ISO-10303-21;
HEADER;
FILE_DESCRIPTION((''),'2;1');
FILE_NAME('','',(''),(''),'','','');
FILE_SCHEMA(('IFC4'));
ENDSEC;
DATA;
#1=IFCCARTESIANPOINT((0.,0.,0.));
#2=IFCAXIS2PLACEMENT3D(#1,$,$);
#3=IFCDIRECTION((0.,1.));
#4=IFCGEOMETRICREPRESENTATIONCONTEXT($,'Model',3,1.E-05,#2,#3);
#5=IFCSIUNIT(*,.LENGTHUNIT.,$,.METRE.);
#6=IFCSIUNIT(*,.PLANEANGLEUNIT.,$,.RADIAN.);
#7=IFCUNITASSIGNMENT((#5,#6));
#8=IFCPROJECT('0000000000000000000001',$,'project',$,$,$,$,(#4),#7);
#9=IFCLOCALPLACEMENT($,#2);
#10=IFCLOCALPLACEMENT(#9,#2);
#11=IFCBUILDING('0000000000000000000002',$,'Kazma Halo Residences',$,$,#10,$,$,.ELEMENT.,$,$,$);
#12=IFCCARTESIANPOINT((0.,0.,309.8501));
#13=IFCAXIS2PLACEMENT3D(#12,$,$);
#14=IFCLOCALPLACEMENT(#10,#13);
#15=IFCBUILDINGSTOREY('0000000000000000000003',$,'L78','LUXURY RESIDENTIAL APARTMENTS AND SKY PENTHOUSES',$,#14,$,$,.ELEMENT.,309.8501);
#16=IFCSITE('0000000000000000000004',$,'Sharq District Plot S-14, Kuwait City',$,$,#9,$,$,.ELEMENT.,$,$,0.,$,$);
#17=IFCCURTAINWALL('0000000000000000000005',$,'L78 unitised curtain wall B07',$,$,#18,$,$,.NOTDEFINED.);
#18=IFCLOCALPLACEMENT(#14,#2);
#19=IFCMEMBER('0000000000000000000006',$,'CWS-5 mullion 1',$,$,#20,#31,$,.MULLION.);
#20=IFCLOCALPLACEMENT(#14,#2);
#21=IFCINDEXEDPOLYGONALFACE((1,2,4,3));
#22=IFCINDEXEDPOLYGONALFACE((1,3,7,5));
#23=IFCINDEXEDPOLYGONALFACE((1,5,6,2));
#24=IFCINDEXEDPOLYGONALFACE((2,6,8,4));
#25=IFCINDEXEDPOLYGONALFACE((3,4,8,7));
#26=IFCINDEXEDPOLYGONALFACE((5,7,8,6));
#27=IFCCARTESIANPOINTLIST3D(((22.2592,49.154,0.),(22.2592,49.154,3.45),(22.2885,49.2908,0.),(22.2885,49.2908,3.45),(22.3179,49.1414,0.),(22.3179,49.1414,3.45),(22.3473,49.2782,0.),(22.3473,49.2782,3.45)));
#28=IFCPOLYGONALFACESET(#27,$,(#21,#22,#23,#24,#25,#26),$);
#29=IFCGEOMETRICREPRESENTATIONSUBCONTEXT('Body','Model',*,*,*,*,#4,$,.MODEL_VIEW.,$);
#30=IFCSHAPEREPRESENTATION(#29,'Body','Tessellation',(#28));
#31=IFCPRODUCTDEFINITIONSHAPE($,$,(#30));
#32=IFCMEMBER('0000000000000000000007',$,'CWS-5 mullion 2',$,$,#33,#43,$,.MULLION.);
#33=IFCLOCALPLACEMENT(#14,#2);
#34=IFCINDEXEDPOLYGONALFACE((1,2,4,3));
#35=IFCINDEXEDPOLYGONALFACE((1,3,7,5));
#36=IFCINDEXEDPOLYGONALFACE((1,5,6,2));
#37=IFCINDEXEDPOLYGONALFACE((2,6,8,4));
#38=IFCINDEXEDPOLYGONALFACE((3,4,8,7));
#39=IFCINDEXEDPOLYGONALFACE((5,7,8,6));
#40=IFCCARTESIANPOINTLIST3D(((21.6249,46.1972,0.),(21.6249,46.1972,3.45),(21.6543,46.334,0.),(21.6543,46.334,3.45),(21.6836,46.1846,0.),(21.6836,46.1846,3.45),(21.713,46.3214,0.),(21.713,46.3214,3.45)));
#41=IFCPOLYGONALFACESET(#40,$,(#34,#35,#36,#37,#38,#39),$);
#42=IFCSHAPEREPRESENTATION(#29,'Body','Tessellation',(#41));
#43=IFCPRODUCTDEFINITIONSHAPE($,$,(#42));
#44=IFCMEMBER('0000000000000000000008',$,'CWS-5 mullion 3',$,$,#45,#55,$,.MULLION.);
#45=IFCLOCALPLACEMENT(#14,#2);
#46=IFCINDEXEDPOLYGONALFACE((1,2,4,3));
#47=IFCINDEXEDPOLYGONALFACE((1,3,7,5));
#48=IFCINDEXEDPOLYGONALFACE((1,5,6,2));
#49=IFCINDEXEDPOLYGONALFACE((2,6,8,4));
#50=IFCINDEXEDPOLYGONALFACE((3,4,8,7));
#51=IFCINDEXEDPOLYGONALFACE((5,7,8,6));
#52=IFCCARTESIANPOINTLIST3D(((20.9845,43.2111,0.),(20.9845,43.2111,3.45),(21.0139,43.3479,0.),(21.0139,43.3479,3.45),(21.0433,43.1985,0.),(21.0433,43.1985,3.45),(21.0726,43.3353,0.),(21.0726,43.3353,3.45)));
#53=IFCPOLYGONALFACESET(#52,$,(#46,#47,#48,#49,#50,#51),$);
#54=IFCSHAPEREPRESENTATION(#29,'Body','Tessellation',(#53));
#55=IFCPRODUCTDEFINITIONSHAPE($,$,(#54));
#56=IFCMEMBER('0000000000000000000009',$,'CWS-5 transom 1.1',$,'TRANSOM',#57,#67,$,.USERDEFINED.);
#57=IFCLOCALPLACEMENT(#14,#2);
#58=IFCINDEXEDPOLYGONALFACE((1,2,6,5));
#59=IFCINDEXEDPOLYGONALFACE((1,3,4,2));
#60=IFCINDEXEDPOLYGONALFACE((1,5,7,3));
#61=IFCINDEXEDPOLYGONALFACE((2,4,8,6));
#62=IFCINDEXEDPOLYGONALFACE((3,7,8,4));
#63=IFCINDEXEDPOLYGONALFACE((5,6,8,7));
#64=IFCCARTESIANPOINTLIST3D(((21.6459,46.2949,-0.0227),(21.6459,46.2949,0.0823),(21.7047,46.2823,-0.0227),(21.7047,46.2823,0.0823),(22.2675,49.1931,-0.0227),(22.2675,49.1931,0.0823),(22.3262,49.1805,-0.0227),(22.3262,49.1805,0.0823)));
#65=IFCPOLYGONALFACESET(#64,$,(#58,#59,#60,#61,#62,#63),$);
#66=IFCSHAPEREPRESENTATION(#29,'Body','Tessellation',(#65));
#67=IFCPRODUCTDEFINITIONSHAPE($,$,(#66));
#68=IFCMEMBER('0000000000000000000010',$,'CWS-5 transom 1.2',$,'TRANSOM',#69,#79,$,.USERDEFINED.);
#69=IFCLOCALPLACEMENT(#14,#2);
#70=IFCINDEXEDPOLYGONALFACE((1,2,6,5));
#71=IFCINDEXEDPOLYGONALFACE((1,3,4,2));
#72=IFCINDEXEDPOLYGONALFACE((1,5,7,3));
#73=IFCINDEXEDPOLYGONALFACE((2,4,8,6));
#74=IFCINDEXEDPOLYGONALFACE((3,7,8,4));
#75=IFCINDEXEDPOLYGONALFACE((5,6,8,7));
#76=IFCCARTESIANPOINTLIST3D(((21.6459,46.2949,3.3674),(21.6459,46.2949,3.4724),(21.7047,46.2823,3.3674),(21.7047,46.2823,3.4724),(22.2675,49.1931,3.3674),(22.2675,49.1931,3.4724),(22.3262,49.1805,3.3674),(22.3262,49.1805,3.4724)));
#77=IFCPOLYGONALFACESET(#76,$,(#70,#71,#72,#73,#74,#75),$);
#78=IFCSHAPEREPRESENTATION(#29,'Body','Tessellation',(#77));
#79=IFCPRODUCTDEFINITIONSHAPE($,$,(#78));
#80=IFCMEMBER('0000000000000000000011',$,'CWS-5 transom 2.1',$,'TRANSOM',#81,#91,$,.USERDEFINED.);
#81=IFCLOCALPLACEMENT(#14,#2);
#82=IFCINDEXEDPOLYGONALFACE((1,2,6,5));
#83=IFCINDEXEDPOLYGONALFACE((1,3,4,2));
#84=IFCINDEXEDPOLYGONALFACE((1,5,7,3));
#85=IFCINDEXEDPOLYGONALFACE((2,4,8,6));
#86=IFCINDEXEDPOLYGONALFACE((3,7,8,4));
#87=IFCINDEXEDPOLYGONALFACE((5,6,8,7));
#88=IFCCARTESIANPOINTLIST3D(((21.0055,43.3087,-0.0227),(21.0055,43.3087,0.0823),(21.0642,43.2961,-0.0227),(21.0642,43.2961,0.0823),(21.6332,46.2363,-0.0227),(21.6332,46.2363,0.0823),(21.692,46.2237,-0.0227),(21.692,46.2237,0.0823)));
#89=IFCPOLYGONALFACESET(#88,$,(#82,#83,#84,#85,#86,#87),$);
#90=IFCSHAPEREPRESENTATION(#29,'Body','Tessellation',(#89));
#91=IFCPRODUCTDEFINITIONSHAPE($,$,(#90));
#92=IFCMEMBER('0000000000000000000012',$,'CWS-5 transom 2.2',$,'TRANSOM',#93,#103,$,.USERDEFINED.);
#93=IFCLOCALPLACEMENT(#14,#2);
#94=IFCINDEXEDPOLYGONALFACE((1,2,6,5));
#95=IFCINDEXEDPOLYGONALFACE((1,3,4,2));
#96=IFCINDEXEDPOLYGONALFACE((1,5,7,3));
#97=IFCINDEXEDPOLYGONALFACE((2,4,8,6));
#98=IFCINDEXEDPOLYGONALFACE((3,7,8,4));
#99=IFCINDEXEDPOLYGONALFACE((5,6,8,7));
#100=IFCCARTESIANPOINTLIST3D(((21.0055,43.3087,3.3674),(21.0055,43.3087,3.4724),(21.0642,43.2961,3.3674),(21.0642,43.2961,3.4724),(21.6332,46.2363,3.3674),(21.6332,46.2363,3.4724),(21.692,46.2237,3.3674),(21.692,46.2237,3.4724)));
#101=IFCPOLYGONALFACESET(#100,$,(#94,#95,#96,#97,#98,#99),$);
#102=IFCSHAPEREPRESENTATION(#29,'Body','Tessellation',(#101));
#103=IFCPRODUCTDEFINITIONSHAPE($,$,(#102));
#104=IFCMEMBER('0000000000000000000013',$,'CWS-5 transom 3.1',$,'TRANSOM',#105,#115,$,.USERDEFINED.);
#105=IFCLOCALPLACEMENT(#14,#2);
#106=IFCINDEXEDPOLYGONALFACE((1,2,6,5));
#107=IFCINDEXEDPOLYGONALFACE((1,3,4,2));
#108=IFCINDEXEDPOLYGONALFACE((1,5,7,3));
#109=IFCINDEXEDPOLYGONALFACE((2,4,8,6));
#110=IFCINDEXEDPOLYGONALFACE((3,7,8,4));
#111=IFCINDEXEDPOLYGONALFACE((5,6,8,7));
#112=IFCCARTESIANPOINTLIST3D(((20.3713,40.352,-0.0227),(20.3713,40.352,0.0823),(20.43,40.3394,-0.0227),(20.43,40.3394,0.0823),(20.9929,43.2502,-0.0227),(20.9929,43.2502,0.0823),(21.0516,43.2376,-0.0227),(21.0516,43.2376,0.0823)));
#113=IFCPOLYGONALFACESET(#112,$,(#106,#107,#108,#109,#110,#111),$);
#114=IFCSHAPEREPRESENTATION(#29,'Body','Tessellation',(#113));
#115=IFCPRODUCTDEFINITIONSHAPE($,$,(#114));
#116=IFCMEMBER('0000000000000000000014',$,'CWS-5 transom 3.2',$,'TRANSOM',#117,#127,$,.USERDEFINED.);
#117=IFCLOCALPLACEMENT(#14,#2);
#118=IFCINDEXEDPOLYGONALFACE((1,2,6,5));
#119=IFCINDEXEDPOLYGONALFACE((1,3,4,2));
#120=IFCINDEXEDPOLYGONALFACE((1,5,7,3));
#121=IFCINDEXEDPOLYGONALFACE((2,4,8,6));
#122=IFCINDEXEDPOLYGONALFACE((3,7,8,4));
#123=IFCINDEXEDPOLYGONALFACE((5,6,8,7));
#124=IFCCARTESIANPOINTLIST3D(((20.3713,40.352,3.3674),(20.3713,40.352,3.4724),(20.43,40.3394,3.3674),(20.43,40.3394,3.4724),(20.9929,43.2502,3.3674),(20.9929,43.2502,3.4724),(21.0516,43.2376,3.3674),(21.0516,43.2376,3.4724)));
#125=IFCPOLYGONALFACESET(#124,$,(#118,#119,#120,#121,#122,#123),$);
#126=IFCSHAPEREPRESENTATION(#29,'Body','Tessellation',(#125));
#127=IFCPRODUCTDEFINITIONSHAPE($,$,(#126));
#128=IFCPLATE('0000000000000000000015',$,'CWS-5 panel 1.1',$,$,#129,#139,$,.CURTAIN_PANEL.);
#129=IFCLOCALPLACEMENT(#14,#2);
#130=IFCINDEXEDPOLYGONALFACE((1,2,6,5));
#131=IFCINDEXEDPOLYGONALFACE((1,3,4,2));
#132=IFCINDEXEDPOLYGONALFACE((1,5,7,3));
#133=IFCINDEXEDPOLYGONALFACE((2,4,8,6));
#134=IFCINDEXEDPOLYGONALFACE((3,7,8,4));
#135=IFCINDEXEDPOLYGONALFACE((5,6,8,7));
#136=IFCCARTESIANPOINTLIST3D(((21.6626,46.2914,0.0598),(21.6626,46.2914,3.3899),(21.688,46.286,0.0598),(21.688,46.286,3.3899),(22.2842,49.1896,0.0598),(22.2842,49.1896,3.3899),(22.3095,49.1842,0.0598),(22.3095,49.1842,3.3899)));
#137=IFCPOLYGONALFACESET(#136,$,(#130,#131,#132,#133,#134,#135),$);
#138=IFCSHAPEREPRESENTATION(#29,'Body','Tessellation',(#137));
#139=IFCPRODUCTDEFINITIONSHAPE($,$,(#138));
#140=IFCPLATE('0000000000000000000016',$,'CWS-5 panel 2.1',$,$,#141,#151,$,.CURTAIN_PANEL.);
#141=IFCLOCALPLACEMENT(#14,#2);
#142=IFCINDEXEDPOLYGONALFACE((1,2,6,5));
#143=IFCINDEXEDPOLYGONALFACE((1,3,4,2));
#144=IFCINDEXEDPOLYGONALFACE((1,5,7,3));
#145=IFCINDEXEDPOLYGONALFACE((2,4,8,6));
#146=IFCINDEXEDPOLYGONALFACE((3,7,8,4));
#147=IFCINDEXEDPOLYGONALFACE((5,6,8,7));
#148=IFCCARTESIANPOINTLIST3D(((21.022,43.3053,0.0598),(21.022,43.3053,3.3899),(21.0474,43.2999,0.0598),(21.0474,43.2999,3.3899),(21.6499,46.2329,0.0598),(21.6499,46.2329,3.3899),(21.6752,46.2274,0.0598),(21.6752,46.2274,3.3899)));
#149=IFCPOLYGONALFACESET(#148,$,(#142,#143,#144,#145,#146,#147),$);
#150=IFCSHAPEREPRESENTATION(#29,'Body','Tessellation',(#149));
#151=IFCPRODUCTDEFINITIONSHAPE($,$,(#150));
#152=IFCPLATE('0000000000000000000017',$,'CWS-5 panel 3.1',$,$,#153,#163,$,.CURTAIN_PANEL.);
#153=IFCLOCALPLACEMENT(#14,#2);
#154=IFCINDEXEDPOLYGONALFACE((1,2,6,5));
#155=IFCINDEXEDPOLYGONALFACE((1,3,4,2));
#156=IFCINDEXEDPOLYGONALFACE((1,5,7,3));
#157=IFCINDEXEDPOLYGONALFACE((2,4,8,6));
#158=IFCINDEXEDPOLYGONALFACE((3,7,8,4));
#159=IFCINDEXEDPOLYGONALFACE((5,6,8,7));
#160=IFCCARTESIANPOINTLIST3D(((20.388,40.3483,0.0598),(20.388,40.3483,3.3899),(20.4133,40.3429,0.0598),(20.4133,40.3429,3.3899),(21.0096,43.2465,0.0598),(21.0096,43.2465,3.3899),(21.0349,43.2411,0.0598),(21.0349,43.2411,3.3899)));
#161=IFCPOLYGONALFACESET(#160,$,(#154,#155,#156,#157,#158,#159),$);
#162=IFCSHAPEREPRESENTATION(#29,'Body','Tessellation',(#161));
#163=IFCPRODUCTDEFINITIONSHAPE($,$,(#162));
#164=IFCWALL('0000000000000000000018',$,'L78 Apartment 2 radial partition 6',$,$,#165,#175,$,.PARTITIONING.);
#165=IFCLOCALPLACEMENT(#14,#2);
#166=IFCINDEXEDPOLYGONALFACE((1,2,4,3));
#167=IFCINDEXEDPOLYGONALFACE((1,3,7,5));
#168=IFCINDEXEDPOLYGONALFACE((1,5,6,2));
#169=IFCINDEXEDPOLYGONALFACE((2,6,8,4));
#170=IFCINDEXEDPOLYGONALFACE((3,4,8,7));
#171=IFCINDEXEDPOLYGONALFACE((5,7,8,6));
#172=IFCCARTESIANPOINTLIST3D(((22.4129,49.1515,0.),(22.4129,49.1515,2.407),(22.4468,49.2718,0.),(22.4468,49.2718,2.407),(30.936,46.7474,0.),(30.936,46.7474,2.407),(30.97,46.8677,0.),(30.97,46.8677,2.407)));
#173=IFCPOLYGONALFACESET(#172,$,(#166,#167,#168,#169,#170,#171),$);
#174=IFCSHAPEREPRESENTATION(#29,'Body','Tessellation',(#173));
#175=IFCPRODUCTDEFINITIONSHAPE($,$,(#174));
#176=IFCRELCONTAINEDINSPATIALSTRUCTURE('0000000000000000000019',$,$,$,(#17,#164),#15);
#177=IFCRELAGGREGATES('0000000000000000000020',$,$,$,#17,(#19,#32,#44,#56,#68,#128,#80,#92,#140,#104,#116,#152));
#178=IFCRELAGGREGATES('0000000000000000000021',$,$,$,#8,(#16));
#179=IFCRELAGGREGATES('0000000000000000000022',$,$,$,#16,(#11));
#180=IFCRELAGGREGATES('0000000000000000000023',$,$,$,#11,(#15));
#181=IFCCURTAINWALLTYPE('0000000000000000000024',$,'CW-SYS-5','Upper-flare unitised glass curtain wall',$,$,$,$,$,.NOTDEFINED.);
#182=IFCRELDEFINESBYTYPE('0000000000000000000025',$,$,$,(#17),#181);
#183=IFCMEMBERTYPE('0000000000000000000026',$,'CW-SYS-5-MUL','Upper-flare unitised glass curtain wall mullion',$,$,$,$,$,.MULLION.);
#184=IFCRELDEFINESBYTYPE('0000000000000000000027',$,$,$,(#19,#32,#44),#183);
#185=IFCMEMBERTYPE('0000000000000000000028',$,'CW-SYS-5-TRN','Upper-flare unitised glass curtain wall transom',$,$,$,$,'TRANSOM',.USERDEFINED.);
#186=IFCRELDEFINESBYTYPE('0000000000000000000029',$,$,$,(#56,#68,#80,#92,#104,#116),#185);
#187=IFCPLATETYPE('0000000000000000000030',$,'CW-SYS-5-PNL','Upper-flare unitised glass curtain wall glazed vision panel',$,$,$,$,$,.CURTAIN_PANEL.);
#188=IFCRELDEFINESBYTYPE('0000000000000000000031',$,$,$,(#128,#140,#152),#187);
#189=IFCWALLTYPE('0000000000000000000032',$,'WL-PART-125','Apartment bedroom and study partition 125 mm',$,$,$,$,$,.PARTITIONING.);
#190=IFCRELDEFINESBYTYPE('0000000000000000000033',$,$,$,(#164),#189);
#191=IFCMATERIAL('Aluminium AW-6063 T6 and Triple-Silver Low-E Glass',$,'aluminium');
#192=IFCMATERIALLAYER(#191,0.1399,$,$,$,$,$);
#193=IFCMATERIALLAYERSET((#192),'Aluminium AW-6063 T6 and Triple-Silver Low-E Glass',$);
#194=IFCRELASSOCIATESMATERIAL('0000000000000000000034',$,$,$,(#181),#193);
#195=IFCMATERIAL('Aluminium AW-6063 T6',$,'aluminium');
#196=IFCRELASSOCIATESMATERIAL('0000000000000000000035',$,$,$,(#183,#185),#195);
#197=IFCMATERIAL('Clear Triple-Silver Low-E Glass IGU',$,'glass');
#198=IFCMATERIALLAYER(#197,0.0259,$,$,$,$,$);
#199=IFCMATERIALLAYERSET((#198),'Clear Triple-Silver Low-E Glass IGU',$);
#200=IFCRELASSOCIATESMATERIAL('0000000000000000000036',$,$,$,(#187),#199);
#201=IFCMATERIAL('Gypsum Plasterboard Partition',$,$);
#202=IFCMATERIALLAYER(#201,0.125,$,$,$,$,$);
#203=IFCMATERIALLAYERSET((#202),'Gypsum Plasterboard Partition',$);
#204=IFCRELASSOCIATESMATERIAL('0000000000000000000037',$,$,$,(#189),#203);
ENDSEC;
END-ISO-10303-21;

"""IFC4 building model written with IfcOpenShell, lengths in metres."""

from ifc_helpers import new_model, si_unit, direction, frame, frame_2d, origin, origin_2d, place, context, subcontext, project, spatial, rectangle, extrude, material, layer, layer_set, material_profile, profile_set, type_object, element, aggregate, save


model = new_model("IFC4")

# Units and contexts
model_context = context("Model", 3, precision=1e-05, world=origin(), true_north=direction((0.0, 1.0)))
body_context = subcontext(model_context, "Body", "Model", "MODEL_VIEW")
ifc_project = project(units=[si_unit("LENGTHUNIT", "METRE"), si_unit("PLANEANGLEUNIT", "RADIAN")], contexts=[model_context])

# Site, building, storey
site_placement = place(None, origin())
site = spatial("IfcSite", under=ifc_project, at=site_placement, Name="Sharq District Plot S-14, Kuwait City", CompositionType="ELEMENT", RefElevation=0.0)
building_placement = place(site_placement, origin())
building = spatial("IfcBuilding", under=site, at=building_placement, Name="Kazma Halo Residences", CompositionType="ELEMENT")
storey_placement = place(building_placement, frame((0.0, 0.0, 309.8501)))
storey = spatial("IfcBuildingStorey", under=building, at=storey_placement, Name="L78", Description="LUXURY RESIDENTIAL APARTMENTS AND SKY PENTHOUSES", CompositionType="ELEMENT", Elevation=309.8501)

# Curtain wall, members, plates
ifc_material_1 = material(Name="Aluminium AW-6063 T6 and Triple-Silver Low-E Glass", Category="aluminium")
ifc_layer_1 = layer(ifc_material_1, 0.1399)
ifc_layer_set_1 = layer_set([ifc_layer_1], Name="Aluminium AW-6063 T6 and Triple-Silver Low-E Glass")
curtain_wall_type = type_object("IfcCurtainWallType", Name="CW-SYS-5", Description="Upper-flare unitised glass curtain wall", PredefinedType="NOTDEFINED", material=ifc_layer_set_1)
curtain_wall_placement = place(storey_placement, origin())
curtain_wall = element("IfcCurtainWall", 1, at=curtain_wall_placement, inside=storey, type_object=curtain_wall_type, Name="L78 unitised curtain wall B07", PredefinedType="NOTDEFINED")
ifc_material_2 = material(Name="Aluminium AW-6063 T6", Category="aluminium")
ifc_material_profile_1 = material_profile(ifc_material_2, rectangle(XDim=0.0601, YDim=0.1399, at=origin_2d()), Name="CWM-60x140")
ifc_profile_set_1 = profile_set([ifc_material_profile_1], Name="Aluminium AW-6063 T6")
member_type_1 = type_object("IfcMemberType", Name="CW-SYS-5-MUL", Description="Upper-flare unitised glass curtain wall mullion", PredefinedType="MULLION", material=ifc_profile_set_1)
member_1_placement = place(storey_placement, frame((22.3032, 49.2161, 0.0), z_axis=(0.0, 0.0, 1.0), x_axis=(0.977766, -0.209698, 0.0)))
member_1 = element("IfcMember", 2, at=member_1_placement, type_object=member_type_1, Name="CWS-5 mullion 1", PredefinedType="MULLION", context=body_context, shape_type="SweptSolid", body=[
    extrude(rectangle(XDim=0.0601, YDim=0.1399, at=origin_2d()), origin(), (0.0, 0.0, 1.0), 3.45),
])
member_2_placement = place(storey_placement, frame((21.6689, 46.2593, 0.0), z_axis=(0.0, 0.0, 1.0), x_axis=(0.977766, -0.209698, 0.0)))
member_2 = element("IfcMember", 3, at=member_2_placement, type_object=member_type_1, Name="CWS-5 mullion 2", PredefinedType="MULLION", context=body_context, shape_type="SweptSolid", body=[
    extrude(rectangle(XDim=0.0601, YDim=0.1399, at=origin_2d()), origin(), (0.0, 0.0, 1.0), 3.45),
])
member_3_placement = place(storey_placement, frame((21.0286, 43.2732, 0.0), z_axis=(0.0, 0.0, 1.0), x_axis=(0.977766, -0.209698, 0.0)))
member_3 = element("IfcMember", 4, at=member_3_placement, type_object=member_type_1, Name="CWS-5 mullion 3", PredefinedType="MULLION", context=body_context, shape_type="SweptSolid", body=[
    extrude(rectangle(XDim=0.0601, YDim=0.1399, at=origin_2d()), origin(), (0.0, 0.0, 1.0), 3.45),
])
ifc_material_profile_2 = material_profile(ifc_material_2, rectangle(XDim=0.0601, YDim=0.105, at=origin_2d()), Name="CWT-60x105")
ifc_profile_set_2 = profile_set([ifc_material_profile_2], Name="Aluminium AW-6063 T6")
member_type_2 = type_object("IfcMemberType", Name="CW-SYS-5-TRN", Description="Upper-flare unitised glass curtain wall transom", ElementType="TRANSOM", PredefinedType="USERDEFINED", material=ifc_profile_set_2)
member_4_placement = place(storey_placement, frame((22.2969, 49.1868, 0.0298), z_axis=(-0.209703, -0.977765, 0.0), x_axis=(0.977765, -0.209703, 0.0)))
member_4 = element("IfcMember", 5, at=member_4_placement, type_object=member_type_2, Name="CWS-5 transom 1.1", ObjectType="TRANSOM", PredefinedType="USERDEFINED", context=body_context, shape_type="SweptSolid", body=[
    extrude(rectangle(XDim=0.0601, YDim=0.105, at=origin_2d()), origin(), (0.0, 0.0, 1.0), 2.9641),
])
member_5_placement = place(storey_placement, frame((22.2969, 49.1868, 3.4199), z_axis=(-0.209703, -0.977765, 0.0), x_axis=(0.977765, -0.209703, 0.0)))
member_5 = element("IfcMember", 6, at=member_5_placement, type_object=member_type_2, Name="CWS-5 transom 1.2", ObjectType="TRANSOM", PredefinedType="USERDEFINED", context=body_context, shape_type="SweptSolid", body=[
    extrude(rectangle(XDim=0.0601, YDim=0.105, at=origin_2d()), origin(), (0.0, 0.0, 1.0), 2.9641),
])
member_6_placement = place(storey_placement, frame((21.6626, 46.23, 0.0298), z_axis=(-0.209646, -0.977777, 0.0), x_axis=(0.977777, -0.209646, 0.0)))
member_6 = element("IfcMember", 7, at=member_6_placement, type_object=member_type_2, Name="CWS-5 transom 2.1", ObjectType="TRANSOM", PredefinedType="USERDEFINED", context=body_context, shape_type="SweptSolid", body=[
    extrude(rectangle(XDim=0.0601, YDim=0.105, at=origin_2d()), origin(), (0.0, 0.0, 1.0), 2.9941),
])
member_7_placement = place(storey_placement, frame((21.6626, 46.23, 3.4199), z_axis=(-0.209646, -0.977777, 0.0), x_axis=(0.977777, -0.209646, 0.0)))
member_7 = element("IfcMember", 8, at=member_7_placement, type_object=member_type_2, Name="CWS-5 transom 2.2", ObjectType="TRANSOM", PredefinedType="USERDEFINED", context=body_context, shape_type="SweptSolid", body=[
    extrude(rectangle(XDim=0.0601, YDim=0.105, at=origin_2d()), origin(), (0.0, 0.0, 1.0), 2.9941),
])
member_8_placement = place(storey_placement, frame((21.0222, 43.2439, 0.0298), z_axis=(-0.209703, -0.977765, 0.0), x_axis=(0.977765, -0.209703, 0.0)))
member_8 = element("IfcMember", 9, at=member_8_placement, type_object=member_type_2, Name="CWS-5 transom 3.1", ObjectType="TRANSOM", PredefinedType="USERDEFINED", context=body_context, shape_type="SweptSolid", body=[
    extrude(rectangle(XDim=0.0601, YDim=0.105, at=origin_2d()), origin(), (0.0, 0.0, 1.0), 2.9641),
])
member_9_placement = place(storey_placement, frame((21.0222, 43.2439, 3.4199), z_axis=(-0.209703, -0.977765, 0.0), x_axis=(0.977765, -0.209703, 0.0)))
member_9 = element("IfcMember", 10, at=member_9_placement, type_object=member_type_2, Name="CWS-5 transom 3.2", ObjectType="TRANSOM", PredefinedType="USERDEFINED", context=body_context, shape_type="SweptSolid", body=[
    extrude(rectangle(XDim=0.0601, YDim=0.105, at=origin_2d()), origin(), (0.0, 0.0, 1.0), 2.9641),
])
ifc_material_3 = material(Name="Clear Triple-Silver Low-E Glass IGU", Category="glass")
ifc_layer_2 = layer(ifc_material_3, 0.0259)
ifc_layer_set_2 = layer_set([ifc_layer_2], Name="Clear Triple-Silver Low-E Glass IGU")
plate_type = type_object("IfcPlateType", Name="CW-SYS-5-PNL", Description="Upper-flare unitised glass curtain wall glazed vision panel", PredefinedType="CURTAIN_PANEL", material=ifc_layer_set_2)
plate_1_placement = place(storey_placement, frame((21.9861, 47.7378, 0.0598), z_axis=(0.0, 0.0, 1.0), x_axis=(-0.209698, -0.977766, 0.0)))
plate_1 = element("IfcPlate", 11, at=plate_1_placement, type_object=plate_type, Name="CWS-5 panel 1.1", PredefinedType="CURTAIN_PANEL", context=body_context, shape_type="SweptSolid", body=[
    extrude(rectangle(XDim=2.9641, YDim=0.0259, at=origin_2d()), origin(), (0.0, 0.0, 1.0), 3.3301),
])
plate_2_placement = place(storey_placement, frame((21.3486, 44.7664, 0.0598), z_axis=(0.0, 0.0, 1.0), x_axis=(-0.209698, -0.977766, 0.0)))
plate_2 = element("IfcPlate", 12, at=plate_2_placement, type_object=plate_type, Name="CWS-5 panel 2.1", PredefinedType="CURTAIN_PANEL", context=body_context, shape_type="SweptSolid", body=[
    extrude(rectangle(XDim=2.9941, YDim=0.0259, at=origin_2d()), origin(), (0.0, 0.0, 1.0), 3.3301),
])
plate_3_placement = place(storey_placement, frame((20.7114, 41.7947, 0.0598), z_axis=(0.0, 0.0, 1.0), x_axis=(-0.209698, -0.977766, 0.0)))
plate_3 = element("IfcPlate", 13, at=plate_3_placement, type_object=plate_type, Name="CWS-5 panel 3.1", PredefinedType="CURTAIN_PANEL", context=body_context, shape_type="SweptSolid", body=[
    extrude(rectangle(XDim=2.9641, YDim=0.0259, at=origin_2d()), origin(), (0.0, 0.0, 1.0), 3.3301),
])
aggregate(curtain_wall, [member_1, member_2, member_3, member_4, member_5, plate_1, member_6, member_7, plate_2, member_8, member_9, plate_3])

# Wall
ifc_material_4 = material(Name="Gypsum Plasterboard Partition")
ifc_layer_3 = layer(ifc_material_4, 0.125)
ifc_layer_set_3 = layer_set([ifc_layer_3], Name="Gypsum Plasterboard Partition")
wall_type_1 = type_object("IfcWallType", Name="WL-PART-125", Description="Apartment bedroom and study partition 125 mm", PredefinedType="PARTITIONING", material=ifc_layer_set_3)
wall_1_placement = place(storey_placement, frame((30.9529, 46.8076, 0.0), z_axis=(0.0, 0.0, 1.0), x_axis=(-0.962447, 0.271468, 0.0)))
element("IfcWall", 14, at=wall_1_placement, inside=storey, type_object=wall_type_1, Name="L78 Apartment 2 radial partition 6", PredefinedType="PARTITIONING", context=body_context, shape_type="SweptSolid", body=[
    extrude(rectangle(XDim=8.8557, YDim=0.125, at=frame_2d((4.4277, 0.0))), origin(), (0.0, 0.0, 1.0), 2.407),
])

save(model, "model.ifc")
